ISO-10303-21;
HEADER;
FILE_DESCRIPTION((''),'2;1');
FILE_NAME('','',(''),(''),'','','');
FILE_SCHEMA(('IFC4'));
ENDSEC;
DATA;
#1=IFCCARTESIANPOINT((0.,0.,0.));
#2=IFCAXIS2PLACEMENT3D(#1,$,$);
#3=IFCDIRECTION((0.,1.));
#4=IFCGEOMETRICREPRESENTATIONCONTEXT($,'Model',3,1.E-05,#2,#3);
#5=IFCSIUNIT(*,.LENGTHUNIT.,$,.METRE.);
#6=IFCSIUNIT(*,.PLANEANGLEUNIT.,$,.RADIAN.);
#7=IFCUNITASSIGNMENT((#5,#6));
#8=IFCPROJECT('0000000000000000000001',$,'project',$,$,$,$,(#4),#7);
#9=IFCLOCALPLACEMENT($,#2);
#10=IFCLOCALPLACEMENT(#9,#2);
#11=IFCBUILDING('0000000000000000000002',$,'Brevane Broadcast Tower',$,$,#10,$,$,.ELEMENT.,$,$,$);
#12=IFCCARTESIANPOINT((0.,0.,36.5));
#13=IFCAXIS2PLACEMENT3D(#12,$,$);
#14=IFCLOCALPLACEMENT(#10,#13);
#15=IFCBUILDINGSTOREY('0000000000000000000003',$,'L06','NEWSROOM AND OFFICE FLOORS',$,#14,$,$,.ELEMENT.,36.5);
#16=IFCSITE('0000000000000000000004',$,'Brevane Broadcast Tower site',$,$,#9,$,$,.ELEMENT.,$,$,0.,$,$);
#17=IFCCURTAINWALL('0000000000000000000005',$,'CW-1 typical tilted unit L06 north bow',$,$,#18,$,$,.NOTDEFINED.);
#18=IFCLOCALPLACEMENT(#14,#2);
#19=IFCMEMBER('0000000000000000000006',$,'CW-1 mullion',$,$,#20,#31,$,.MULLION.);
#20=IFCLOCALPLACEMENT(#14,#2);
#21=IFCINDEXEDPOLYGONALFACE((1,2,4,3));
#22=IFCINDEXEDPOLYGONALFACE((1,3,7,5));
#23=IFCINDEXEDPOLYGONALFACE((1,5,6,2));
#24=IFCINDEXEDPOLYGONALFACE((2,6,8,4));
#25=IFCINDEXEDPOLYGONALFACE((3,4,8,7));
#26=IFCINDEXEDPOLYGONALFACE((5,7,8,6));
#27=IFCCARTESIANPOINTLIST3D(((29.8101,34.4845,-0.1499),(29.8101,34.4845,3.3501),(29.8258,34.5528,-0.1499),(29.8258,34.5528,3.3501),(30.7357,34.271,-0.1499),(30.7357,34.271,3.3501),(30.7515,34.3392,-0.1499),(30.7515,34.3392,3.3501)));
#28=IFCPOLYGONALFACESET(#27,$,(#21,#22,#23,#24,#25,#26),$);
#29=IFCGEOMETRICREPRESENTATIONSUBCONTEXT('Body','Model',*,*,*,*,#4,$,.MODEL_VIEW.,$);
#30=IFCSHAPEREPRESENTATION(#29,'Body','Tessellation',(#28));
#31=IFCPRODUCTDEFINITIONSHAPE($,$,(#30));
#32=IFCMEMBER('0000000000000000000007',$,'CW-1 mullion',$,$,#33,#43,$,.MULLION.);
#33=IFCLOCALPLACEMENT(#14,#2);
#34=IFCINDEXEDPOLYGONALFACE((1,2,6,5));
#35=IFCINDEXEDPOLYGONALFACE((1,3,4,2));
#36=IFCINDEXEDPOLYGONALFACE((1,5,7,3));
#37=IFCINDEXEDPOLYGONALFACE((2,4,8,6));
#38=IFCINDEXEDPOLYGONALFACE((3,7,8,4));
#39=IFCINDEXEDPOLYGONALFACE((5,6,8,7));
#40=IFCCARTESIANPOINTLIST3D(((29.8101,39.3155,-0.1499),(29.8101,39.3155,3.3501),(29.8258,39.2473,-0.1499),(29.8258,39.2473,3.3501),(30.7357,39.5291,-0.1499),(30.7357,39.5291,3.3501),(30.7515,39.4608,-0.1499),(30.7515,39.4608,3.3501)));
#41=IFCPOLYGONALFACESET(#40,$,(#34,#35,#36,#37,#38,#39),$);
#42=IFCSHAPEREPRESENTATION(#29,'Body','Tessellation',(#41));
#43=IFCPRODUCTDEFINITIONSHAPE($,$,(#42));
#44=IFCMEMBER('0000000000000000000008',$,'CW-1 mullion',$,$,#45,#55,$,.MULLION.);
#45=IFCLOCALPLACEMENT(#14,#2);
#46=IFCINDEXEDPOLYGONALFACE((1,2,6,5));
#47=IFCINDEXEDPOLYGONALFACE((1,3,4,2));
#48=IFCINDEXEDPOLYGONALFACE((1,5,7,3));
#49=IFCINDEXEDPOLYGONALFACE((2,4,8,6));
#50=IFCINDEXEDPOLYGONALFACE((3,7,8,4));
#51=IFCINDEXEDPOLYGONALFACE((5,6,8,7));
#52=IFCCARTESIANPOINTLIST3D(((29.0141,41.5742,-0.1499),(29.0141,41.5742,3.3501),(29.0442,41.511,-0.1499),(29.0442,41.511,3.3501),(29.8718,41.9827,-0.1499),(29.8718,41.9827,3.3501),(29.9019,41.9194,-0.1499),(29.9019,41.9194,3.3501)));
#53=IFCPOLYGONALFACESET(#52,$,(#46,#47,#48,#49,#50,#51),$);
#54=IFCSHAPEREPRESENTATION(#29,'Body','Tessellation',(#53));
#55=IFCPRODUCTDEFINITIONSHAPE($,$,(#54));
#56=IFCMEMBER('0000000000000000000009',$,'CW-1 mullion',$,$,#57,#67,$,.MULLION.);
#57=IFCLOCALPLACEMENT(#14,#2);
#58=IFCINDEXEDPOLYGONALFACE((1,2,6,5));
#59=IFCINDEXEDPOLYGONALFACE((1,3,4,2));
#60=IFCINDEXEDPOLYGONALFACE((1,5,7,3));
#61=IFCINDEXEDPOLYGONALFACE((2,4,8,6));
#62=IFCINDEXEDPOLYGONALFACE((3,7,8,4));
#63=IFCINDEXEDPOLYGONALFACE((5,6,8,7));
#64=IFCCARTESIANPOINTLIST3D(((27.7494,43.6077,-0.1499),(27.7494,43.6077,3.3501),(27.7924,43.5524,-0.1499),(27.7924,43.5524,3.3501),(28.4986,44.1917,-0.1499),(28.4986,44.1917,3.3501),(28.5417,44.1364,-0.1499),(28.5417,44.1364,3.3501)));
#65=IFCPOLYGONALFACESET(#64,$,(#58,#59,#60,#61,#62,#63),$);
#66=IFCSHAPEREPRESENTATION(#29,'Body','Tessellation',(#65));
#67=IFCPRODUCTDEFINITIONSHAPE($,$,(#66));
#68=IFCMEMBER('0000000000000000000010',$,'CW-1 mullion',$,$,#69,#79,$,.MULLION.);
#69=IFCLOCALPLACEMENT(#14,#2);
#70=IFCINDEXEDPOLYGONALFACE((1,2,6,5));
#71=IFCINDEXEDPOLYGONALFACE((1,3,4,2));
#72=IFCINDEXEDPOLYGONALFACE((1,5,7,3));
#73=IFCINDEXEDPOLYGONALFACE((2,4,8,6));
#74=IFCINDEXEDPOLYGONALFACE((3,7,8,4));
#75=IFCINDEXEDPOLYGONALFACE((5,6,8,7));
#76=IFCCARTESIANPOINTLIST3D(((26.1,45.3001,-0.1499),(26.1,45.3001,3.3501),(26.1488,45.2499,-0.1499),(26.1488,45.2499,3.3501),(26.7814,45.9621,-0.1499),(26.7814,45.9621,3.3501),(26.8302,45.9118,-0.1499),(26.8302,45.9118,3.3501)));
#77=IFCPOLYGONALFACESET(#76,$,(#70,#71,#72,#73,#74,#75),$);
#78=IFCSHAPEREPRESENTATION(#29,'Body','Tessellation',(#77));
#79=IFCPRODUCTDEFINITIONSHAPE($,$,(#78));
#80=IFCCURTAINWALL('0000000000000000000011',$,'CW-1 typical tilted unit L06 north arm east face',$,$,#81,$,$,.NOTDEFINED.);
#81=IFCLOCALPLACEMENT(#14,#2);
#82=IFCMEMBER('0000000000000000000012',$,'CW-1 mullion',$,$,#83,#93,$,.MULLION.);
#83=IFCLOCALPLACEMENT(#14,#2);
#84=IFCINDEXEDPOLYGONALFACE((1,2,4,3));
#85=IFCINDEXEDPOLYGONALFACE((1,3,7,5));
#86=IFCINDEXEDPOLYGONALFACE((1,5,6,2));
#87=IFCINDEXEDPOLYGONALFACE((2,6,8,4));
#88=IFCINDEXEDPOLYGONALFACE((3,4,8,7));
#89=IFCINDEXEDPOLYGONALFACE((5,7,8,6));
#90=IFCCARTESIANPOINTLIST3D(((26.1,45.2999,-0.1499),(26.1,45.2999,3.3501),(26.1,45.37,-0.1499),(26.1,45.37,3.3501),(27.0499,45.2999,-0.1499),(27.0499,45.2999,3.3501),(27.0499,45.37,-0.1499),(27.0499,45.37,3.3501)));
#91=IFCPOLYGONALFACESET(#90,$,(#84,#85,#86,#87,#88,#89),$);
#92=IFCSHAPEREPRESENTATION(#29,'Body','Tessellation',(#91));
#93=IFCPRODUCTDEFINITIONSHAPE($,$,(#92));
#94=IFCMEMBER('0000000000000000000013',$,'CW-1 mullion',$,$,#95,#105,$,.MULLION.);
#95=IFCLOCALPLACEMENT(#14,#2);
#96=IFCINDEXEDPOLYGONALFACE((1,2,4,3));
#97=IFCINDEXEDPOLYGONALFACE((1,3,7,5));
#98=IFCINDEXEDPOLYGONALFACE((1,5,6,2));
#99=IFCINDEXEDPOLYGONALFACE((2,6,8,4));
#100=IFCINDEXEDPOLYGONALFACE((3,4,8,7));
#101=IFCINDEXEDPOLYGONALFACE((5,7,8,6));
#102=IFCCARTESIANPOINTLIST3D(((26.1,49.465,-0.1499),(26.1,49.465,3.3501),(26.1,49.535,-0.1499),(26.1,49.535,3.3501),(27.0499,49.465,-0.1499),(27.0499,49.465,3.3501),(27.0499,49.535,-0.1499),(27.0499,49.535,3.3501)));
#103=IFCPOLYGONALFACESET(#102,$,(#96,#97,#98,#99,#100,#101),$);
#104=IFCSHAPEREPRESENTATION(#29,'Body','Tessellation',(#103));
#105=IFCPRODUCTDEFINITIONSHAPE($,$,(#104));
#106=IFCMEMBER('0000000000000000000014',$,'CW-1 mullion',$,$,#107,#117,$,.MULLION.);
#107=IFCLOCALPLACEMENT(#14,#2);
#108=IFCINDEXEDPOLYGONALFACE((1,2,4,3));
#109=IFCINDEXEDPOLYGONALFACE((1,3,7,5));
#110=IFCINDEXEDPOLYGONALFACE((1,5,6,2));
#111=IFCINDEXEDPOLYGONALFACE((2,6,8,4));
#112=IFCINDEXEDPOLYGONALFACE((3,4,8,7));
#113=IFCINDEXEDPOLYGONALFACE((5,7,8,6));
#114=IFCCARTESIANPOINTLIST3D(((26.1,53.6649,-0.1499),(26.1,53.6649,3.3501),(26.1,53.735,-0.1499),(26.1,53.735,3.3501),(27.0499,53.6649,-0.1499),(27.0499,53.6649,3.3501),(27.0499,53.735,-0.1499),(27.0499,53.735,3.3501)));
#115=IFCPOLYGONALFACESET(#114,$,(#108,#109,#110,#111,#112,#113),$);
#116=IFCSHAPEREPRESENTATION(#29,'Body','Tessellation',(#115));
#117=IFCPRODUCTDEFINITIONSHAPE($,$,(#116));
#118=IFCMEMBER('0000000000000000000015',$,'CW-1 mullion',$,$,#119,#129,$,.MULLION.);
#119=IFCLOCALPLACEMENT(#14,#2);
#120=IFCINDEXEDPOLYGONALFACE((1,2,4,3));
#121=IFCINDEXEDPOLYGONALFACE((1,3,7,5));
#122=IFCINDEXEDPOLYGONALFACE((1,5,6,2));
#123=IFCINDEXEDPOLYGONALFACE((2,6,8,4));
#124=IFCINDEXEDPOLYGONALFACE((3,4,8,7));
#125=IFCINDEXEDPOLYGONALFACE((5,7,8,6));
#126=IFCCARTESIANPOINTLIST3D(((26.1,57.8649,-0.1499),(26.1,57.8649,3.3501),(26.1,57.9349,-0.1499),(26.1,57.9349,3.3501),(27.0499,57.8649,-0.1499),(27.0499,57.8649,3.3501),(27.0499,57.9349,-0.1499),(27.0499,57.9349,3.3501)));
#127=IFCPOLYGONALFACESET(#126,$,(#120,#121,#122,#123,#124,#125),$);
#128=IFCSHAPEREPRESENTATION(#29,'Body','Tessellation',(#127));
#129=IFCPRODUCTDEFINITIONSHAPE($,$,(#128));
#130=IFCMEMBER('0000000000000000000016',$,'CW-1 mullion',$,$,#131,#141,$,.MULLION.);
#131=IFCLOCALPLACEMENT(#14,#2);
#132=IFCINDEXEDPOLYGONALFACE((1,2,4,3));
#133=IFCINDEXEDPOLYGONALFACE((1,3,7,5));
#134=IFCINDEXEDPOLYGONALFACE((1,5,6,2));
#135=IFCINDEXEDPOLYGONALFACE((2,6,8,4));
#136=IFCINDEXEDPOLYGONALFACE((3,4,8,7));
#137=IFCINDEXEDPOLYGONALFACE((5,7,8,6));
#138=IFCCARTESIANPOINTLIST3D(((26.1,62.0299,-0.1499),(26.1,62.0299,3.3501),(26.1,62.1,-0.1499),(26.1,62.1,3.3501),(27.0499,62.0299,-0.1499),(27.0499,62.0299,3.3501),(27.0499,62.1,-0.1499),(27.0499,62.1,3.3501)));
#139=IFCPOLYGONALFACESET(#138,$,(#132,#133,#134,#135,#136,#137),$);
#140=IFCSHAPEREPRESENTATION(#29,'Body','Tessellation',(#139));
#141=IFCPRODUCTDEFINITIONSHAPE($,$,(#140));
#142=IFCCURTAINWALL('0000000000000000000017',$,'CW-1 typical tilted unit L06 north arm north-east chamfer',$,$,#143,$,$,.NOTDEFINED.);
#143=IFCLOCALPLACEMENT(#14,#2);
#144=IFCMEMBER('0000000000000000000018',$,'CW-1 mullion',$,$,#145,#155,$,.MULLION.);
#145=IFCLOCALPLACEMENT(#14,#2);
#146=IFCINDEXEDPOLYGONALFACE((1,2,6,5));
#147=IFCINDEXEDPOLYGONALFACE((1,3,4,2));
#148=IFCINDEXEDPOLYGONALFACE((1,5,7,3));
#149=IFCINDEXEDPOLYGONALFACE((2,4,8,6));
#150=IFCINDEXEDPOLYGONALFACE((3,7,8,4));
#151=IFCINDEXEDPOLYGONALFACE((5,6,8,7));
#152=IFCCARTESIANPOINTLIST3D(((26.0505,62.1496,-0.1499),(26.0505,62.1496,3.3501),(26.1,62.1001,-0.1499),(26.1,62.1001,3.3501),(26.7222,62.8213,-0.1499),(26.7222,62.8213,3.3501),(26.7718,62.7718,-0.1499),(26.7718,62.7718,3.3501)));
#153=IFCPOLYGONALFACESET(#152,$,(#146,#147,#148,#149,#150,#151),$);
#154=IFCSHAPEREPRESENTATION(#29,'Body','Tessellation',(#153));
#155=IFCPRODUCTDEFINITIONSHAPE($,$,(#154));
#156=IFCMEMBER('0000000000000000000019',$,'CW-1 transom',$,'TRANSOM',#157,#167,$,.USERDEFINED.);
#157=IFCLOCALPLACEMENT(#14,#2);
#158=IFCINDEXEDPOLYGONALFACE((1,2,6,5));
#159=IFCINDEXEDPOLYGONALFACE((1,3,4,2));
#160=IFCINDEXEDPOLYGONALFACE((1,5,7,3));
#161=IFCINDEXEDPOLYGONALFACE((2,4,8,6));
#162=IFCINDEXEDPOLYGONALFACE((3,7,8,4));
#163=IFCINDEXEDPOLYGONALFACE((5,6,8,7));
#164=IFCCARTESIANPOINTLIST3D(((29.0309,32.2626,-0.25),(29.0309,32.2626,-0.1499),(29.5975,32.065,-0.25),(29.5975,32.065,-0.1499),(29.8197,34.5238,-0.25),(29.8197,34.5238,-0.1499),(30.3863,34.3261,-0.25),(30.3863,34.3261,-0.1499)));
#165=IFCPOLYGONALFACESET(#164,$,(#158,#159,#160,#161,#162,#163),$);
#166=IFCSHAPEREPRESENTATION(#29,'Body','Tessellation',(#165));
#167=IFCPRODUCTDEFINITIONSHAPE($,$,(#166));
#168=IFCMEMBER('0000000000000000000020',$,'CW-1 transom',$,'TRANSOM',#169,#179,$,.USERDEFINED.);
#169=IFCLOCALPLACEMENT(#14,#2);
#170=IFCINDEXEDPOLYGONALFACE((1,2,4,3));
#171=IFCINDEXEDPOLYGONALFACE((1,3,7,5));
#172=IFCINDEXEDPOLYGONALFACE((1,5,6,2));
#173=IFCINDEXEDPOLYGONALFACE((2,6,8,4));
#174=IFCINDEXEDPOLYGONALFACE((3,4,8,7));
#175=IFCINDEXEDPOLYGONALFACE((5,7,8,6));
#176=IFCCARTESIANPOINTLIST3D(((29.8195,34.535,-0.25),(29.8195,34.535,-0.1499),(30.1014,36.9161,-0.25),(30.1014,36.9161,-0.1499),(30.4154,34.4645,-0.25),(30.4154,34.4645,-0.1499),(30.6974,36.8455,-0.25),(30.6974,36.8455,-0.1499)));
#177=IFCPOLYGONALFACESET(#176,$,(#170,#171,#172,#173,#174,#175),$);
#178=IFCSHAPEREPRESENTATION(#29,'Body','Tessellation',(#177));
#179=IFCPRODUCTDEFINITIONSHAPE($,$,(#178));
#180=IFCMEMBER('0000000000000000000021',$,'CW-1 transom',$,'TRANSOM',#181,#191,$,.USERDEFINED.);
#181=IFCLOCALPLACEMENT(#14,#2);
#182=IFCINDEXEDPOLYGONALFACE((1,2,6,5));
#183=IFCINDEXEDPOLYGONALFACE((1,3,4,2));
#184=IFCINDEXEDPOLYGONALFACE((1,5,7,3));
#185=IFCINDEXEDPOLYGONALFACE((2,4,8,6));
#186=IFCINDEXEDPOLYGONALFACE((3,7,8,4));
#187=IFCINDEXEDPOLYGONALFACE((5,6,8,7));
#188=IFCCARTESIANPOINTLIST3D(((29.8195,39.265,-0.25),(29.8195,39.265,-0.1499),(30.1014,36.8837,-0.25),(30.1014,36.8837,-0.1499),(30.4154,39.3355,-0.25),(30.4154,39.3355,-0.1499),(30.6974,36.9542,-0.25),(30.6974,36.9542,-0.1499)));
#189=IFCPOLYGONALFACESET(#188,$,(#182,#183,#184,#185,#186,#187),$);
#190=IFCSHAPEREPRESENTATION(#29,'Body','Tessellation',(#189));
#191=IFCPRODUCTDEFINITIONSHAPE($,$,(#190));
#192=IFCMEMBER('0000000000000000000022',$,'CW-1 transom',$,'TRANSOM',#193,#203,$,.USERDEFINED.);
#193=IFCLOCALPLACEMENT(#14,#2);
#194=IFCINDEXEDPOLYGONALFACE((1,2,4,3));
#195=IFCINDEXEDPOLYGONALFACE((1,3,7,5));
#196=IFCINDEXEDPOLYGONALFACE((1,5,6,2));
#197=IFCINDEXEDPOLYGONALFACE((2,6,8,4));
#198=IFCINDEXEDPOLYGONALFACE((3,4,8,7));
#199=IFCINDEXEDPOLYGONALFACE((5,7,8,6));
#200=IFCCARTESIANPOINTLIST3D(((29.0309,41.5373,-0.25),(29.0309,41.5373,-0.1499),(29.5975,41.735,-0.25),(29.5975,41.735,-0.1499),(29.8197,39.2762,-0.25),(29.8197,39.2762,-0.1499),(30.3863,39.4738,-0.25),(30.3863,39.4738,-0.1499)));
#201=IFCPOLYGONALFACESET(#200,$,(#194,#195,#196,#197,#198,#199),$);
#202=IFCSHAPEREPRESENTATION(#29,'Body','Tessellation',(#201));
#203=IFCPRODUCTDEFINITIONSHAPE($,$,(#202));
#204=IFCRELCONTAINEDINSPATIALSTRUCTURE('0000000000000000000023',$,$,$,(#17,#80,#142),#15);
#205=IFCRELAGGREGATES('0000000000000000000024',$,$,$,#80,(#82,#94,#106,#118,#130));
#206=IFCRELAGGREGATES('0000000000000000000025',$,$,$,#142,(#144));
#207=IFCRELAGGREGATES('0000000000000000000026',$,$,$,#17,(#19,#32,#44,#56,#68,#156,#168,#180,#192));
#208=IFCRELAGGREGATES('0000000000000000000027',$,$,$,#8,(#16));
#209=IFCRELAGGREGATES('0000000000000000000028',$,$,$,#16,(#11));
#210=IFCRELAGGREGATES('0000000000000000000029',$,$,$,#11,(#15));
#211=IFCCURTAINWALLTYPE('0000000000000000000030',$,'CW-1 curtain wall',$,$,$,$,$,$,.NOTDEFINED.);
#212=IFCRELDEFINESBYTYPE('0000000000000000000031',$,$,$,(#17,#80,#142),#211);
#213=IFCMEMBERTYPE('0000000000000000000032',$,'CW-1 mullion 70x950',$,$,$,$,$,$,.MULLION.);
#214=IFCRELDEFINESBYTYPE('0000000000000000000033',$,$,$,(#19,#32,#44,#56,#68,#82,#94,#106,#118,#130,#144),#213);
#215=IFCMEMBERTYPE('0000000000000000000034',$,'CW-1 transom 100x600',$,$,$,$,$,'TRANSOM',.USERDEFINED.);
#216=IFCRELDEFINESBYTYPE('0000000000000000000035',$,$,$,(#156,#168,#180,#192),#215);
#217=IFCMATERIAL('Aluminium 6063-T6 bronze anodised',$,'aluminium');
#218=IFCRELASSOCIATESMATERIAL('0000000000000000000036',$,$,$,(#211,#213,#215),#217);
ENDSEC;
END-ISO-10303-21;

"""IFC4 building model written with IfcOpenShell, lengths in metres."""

from ifc_helpers import new_model, si_unit, direction, frame, origin, origin_2d, place, context, subcontext, project, spatial, rectangle, extrude, material, material_profile, profile_set, type_object, element, aggregate, save


model = new_model("IFC4")

# Units and contexts
model_context = context("Model", 3, precision=1e-05, world=origin(), true_north=direction((0.0, 1.0)))
body_context = subcontext(model_context, "Body", "Model", "MODEL_VIEW")
ifc_project = project(units=[si_unit("LENGTHUNIT", "METRE"), si_unit("PLANEANGLEUNIT", "RADIAN")], contexts=[model_context])

# Site, building, storey
site_placement = place(None, origin())
site = spatial("IfcSite", under=ifc_project, at=site_placement, Name="Brevane Broadcast Tower site", CompositionType="ELEMENT", RefElevation=0.0)
building_placement = place(site_placement, origin())
building = spatial("IfcBuilding", under=site, at=building_placement, Name="Brevane Broadcast Tower", CompositionType="ELEMENT")
storey_placement = place(building_placement, frame((0.0, 0.0, 36.5)))
storey = spatial("IfcBuildingStorey", under=building, at=storey_placement, Name="L06", Description="NEWSROOM AND OFFICE FLOORS", CompositionType="ELEMENT", Elevation=36.5)

# Curtain walls, members
ifc_material_1 = material(Name="Aluminium 6063-T6 bronze anodised", Category="aluminium")
curtain_wall_type = type_object("IfcCurtainWallType", Name="CW-1 curtain wall", PredefinedType="NOTDEFINED", material=ifc_material_1)
curtain_wall_1_placement = place(storey_placement, origin())
curtain_wall_1 = element("IfcCurtainWall", 1, at=curtain_wall_1_placement, inside=storey, type_object=curtain_wall_type, Name="CW-1 typical tilted unit L06 north bow", PredefinedType="NOTDEFINED")
ifc_material_profile_1 = material_profile(ifc_material_1, rectangle(XDim=0.95, YDim=0.0701, at=origin_2d()), Name="RECT 70x950")
ifc_profile_set_1 = profile_set([ifc_material_profile_1], Name="Aluminium 6063-T6 bronze anodised")
member_type_1 = type_object("IfcMemberType", Name="CW-1 mullion 70x950", PredefinedType="MULLION", material=ifc_profile_set_1)
member_1_placement = place(storey_placement, frame((30.2808, 34.4119, -0.1499), z_axis=(0.0, 0.0, 1.0), x_axis=(-0.974403, 0.224806, 0.0)))
member_1 = element("IfcMember", 2, at=member_1_placement, type_object=member_type_1, Name="CW-1 mullion", PredefinedType="MULLION", context=body_context, shape_type="SweptSolid", body=[
    extrude(rectangle(XDim=0.95, YDim=0.0701, at=origin_2d()), origin(), (0.0, 0.0, 1.0), 3.5),
])
member_2_placement = place(storey_placement, frame((30.2808, 39.3882, -0.1499), z_axis=(0.0, 0.0, 1.0), x_axis=(-0.974403, -0.224806, 0.0)))
member_2 = element("IfcMember", 3, at=member_2_placement, type_object=member_type_1, Name="CW-1 mullion", PredefinedType="MULLION", context=body_context, shape_type="SweptSolid", body=[
    extrude(rectangle(XDim=0.95, YDim=0.0701, at=origin_2d()), origin(), (0.0, 0.0, 1.0), 3.5),
])
member_3_placement = place(storey_placement, frame((29.458, 41.7468, -0.1499), z_axis=(0.0, 0.0, 1.0), x_axis=(-0.902861, -0.429934, 0.0)))
member_3 = element("IfcMember", 4, at=member_3_placement, type_object=member_type_1, Name="CW-1 mullion", PredefinedType="MULLION", context=body_context, shape_type="SweptSolid", body=[
    extrude(rectangle(XDim=0.95, YDim=0.0701, at=origin_2d()), origin(), (0.0, 0.0, 1.0), 3.5),
])
member_4_placement = place(storey_placement, frame((28.1455, 43.8721, -0.1499), z_axis=(0.0, 0.0, 1.0), x_axis=(-0.788707, -0.61477, 0.0)))
member_4 = element("IfcMember", 5, at=member_4_placement, type_object=member_type_1, Name="CW-1 mullion", PredefinedType="MULLION", context=body_context, shape_type="SweptSolid", body=[
    extrude(rectangle(XDim=0.95, YDim=0.0701, at=origin_2d()), origin(), (0.0, 0.0, 1.0), 3.5),
])
member_5_placement = place(storey_placement, frame((26.4651, 45.606, -0.1499), z_axis=(0.0, 0.0, 1.0), x_axis=(-0.717254, -0.696812, 0.0)))
member_5 = element("IfcMember", 6, at=member_5_placement, type_object=member_type_1, Name="CW-1 mullion", PredefinedType="MULLION", context=body_context, shape_type="SweptSolid", body=[
    extrude(rectangle(XDim=0.95, YDim=0.0701, at=origin_2d()), origin(), (0.0, 0.0, 1.0), 3.5),
])
curtain_wall_2_placement = place(storey_placement, origin())
curtain_wall_2 = element("IfcCurtainWall", 7, at=curtain_wall_2_placement, inside=storey, type_object=curtain_wall_type, Name="CW-1 typical tilted unit L06 north arm east face", PredefinedType="NOTDEFINED")
member_6_placement = place(storey_placement, frame((26.575, 45.335, -0.1499), z_axis=(0.0, 0.0, 1.0), x_axis=(-1.0, 0.0, 0.0)))
member_6 = element("IfcMember", 8, at=member_6_placement, type_object=member_type_1, Name="CW-1 mullion", PredefinedType="MULLION", context=body_context, shape_type="SweptSolid", body=[
    extrude(rectangle(XDim=0.95, YDim=0.0701, at=origin_2d()), origin(), (0.0, 0.0, 1.0), 3.5),
])
member_7_placement = place(storey_placement, frame((26.575, 49.5, -0.1499), z_axis=(0.0, 0.0, 1.0), x_axis=(-1.0, 0.0, 0.0)))
member_7 = element("IfcMember", 9, at=member_7_placement, type_object=member_type_1, Name="CW-1 mullion", PredefinedType="MULLION", context=body_context, shape_type="SweptSolid", body=[
    extrude(rectangle(XDim=0.95, YDim=0.0701, at=origin_2d()), origin(), (0.0, 0.0, 1.0), 3.5),
])
member_8_placement = place(storey_placement, frame((26.575, 53.7, -0.1499), z_axis=(0.0, 0.0, 1.0), x_axis=(-1.0, 0.0, 0.0)))
member_8 = element("IfcMember", 10, at=member_8_placement, type_object=member_type_1, Name="CW-1 mullion", PredefinedType="MULLION", context=body_context, shape_type="SweptSolid", body=[
    extrude(rectangle(XDim=0.95, YDim=0.0701, at=origin_2d()), origin(), (0.0, 0.0, 1.0), 3.5),
])
member_9_placement = place(storey_placement, frame((26.575, 57.8999, -0.1499), z_axis=(0.0, 0.0, 1.0), x_axis=(-1.0, 0.0, 0.0)))
member_9 = element("IfcMember", 11, at=member_9_placement, type_object=member_type_1, Name="CW-1 mullion", PredefinedType="MULLION", context=body_context, shape_type="SweptSolid", body=[
    extrude(rectangle(XDim=0.95, YDim=0.0701, at=origin_2d()), origin(), (0.0, 0.0, 1.0), 3.5),
])
member_10_placement = place(storey_placement, frame((26.575, 62.0649, -0.1499), z_axis=(0.0, 0.0, 1.0), x_axis=(-1.0, 0.0, 0.0)))
member_10 = element("IfcMember", 12, at=member_10_placement, type_object=member_type_1, Name="CW-1 mullion", PredefinedType="MULLION", context=body_context, shape_type="SweptSolid", body=[
    extrude(rectangle(XDim=0.95, YDim=0.0701, at=origin_2d()), origin(), (0.0, 0.0, 1.0), 3.5),
])
aggregate(curtain_wall_2, [member_6, member_7, member_8, member_9, member_10])

# Curtain wall, member
curtain_wall_3_placement = place(storey_placement, origin())
curtain_wall_3 = element("IfcCurtainWall", 13, at=curtain_wall_3_placement, inside=storey, type_object=curtain_wall_type, Name="CW-1 typical tilted unit L06 north arm north-east chamfer", PredefinedType="NOTDEFINED")
member_11_placement = place(storey_placement, frame((26.4111, 62.4607, -0.1499), z_axis=(0.0, 0.0, 1.0), x_axis=(-0.707107, -0.707107, 0.0)))
member_11 = element("IfcMember", 14, at=member_11_placement, type_object=member_type_1, Name="CW-1 mullion", PredefinedType="MULLION", context=body_context, shape_type="SweptSolid", body=[
    extrude(rectangle(XDim=0.95, YDim=0.0701, at=origin_2d()), origin(), (0.0, 0.0, 1.0), 3.5),
])
aggregate(curtain_wall_3, [member_11])

# Members
ifc_material_profile_2 = material_profile(ifc_material_1, rectangle(XDim=0.6001, YDim=0.1001, at=origin_2d()), Name="RECT 100x600")
ifc_profile_set_2 = profile_set([ifc_material_profile_2], Name="Aluminium 6063-T6 bronze anodised")
member_type_2 = type_object("IfcMemberType", Name="CW-1 transom 100x600", ElementType="TRANSOM", PredefinedType="USERDEFINED", material=ifc_profile_set_2)
member_12_placement = place(storey_placement, frame((29.3142, 32.1638, -0.2), z_axis=(0.329378, 0.944198, 0.0), x_axis=(-0.944198, 0.329378, 0.0)))
member_12 = element("IfcMember", 15, at=member_12_placement, type_object=member_type_2, Name="CW-1 transom", ObjectType="TRANSOM", PredefinedType="USERDEFINED", context=body_context, shape_type="SweptSolid", body=[
    extrude(rectangle(XDim=0.6001, YDim=0.1001, at=origin_2d()), origin(), (0.0, 0.0, 1.0), 2.3948),
])
member_13_placement = place(storey_placement, frame((30.1174, 34.4998, -0.2), z_axis=(0.117603, 0.993061, 0.0), x_axis=(-0.993061, 0.117603, 0.0)))
member_13 = element("IfcMember", 16, at=member_13_placement, type_object=member_type_2, Name="CW-1 transom", ObjectType="TRANSOM", PredefinedType="USERDEFINED", context=body_context, shape_type="SweptSolid", body=[
    extrude(rectangle(XDim=0.6001, YDim=0.1001, at=origin_2d()), origin(), (0.0, 0.0, 1.0), 2.3977),
])
member_14_placement = place(storey_placement, frame((30.3994, 36.9189, -0.2), z_axis=(-0.117591, 0.993062, 0.0), x_axis=(-0.993062, -0.117591, 0.0)))
member_14 = element("IfcMember", 17, at=member_14_placement, type_object=member_type_2, Name="CW-1 transom", ObjectType="TRANSOM", PredefinedType="USERDEFINED", context=body_context, shape_type="SweptSolid", body=[
    extrude(rectangle(XDim=0.6001, YDim=0.1001, at=origin_2d()), origin(), (0.0, 0.0, 1.0), 2.3979),
])
member_15_placement = place(storey_placement, frame((30.103, 39.375, -0.2), z_axis=(-0.329378, 0.944198, 0.0), x_axis=(-0.944198, -0.329378, 0.0)))
member_15 = element("IfcMember", 18, at=member_15_placement, type_object=member_type_2, Name="CW-1 transom", ObjectType="TRANSOM", PredefinedType="USERDEFINED", context=body_context, shape_type="SweptSolid", body=[
    extrude(rectangle(XDim=0.6001, YDim=0.1001, at=origin_2d()), origin(), (0.0, 0.0, 1.0), 2.3948),
])
aggregate(curtain_wall_1, [member_1, member_2, member_3, member_4, member_5, member_12, member_13, member_14, member_15])

save(model, "model.ifc")
